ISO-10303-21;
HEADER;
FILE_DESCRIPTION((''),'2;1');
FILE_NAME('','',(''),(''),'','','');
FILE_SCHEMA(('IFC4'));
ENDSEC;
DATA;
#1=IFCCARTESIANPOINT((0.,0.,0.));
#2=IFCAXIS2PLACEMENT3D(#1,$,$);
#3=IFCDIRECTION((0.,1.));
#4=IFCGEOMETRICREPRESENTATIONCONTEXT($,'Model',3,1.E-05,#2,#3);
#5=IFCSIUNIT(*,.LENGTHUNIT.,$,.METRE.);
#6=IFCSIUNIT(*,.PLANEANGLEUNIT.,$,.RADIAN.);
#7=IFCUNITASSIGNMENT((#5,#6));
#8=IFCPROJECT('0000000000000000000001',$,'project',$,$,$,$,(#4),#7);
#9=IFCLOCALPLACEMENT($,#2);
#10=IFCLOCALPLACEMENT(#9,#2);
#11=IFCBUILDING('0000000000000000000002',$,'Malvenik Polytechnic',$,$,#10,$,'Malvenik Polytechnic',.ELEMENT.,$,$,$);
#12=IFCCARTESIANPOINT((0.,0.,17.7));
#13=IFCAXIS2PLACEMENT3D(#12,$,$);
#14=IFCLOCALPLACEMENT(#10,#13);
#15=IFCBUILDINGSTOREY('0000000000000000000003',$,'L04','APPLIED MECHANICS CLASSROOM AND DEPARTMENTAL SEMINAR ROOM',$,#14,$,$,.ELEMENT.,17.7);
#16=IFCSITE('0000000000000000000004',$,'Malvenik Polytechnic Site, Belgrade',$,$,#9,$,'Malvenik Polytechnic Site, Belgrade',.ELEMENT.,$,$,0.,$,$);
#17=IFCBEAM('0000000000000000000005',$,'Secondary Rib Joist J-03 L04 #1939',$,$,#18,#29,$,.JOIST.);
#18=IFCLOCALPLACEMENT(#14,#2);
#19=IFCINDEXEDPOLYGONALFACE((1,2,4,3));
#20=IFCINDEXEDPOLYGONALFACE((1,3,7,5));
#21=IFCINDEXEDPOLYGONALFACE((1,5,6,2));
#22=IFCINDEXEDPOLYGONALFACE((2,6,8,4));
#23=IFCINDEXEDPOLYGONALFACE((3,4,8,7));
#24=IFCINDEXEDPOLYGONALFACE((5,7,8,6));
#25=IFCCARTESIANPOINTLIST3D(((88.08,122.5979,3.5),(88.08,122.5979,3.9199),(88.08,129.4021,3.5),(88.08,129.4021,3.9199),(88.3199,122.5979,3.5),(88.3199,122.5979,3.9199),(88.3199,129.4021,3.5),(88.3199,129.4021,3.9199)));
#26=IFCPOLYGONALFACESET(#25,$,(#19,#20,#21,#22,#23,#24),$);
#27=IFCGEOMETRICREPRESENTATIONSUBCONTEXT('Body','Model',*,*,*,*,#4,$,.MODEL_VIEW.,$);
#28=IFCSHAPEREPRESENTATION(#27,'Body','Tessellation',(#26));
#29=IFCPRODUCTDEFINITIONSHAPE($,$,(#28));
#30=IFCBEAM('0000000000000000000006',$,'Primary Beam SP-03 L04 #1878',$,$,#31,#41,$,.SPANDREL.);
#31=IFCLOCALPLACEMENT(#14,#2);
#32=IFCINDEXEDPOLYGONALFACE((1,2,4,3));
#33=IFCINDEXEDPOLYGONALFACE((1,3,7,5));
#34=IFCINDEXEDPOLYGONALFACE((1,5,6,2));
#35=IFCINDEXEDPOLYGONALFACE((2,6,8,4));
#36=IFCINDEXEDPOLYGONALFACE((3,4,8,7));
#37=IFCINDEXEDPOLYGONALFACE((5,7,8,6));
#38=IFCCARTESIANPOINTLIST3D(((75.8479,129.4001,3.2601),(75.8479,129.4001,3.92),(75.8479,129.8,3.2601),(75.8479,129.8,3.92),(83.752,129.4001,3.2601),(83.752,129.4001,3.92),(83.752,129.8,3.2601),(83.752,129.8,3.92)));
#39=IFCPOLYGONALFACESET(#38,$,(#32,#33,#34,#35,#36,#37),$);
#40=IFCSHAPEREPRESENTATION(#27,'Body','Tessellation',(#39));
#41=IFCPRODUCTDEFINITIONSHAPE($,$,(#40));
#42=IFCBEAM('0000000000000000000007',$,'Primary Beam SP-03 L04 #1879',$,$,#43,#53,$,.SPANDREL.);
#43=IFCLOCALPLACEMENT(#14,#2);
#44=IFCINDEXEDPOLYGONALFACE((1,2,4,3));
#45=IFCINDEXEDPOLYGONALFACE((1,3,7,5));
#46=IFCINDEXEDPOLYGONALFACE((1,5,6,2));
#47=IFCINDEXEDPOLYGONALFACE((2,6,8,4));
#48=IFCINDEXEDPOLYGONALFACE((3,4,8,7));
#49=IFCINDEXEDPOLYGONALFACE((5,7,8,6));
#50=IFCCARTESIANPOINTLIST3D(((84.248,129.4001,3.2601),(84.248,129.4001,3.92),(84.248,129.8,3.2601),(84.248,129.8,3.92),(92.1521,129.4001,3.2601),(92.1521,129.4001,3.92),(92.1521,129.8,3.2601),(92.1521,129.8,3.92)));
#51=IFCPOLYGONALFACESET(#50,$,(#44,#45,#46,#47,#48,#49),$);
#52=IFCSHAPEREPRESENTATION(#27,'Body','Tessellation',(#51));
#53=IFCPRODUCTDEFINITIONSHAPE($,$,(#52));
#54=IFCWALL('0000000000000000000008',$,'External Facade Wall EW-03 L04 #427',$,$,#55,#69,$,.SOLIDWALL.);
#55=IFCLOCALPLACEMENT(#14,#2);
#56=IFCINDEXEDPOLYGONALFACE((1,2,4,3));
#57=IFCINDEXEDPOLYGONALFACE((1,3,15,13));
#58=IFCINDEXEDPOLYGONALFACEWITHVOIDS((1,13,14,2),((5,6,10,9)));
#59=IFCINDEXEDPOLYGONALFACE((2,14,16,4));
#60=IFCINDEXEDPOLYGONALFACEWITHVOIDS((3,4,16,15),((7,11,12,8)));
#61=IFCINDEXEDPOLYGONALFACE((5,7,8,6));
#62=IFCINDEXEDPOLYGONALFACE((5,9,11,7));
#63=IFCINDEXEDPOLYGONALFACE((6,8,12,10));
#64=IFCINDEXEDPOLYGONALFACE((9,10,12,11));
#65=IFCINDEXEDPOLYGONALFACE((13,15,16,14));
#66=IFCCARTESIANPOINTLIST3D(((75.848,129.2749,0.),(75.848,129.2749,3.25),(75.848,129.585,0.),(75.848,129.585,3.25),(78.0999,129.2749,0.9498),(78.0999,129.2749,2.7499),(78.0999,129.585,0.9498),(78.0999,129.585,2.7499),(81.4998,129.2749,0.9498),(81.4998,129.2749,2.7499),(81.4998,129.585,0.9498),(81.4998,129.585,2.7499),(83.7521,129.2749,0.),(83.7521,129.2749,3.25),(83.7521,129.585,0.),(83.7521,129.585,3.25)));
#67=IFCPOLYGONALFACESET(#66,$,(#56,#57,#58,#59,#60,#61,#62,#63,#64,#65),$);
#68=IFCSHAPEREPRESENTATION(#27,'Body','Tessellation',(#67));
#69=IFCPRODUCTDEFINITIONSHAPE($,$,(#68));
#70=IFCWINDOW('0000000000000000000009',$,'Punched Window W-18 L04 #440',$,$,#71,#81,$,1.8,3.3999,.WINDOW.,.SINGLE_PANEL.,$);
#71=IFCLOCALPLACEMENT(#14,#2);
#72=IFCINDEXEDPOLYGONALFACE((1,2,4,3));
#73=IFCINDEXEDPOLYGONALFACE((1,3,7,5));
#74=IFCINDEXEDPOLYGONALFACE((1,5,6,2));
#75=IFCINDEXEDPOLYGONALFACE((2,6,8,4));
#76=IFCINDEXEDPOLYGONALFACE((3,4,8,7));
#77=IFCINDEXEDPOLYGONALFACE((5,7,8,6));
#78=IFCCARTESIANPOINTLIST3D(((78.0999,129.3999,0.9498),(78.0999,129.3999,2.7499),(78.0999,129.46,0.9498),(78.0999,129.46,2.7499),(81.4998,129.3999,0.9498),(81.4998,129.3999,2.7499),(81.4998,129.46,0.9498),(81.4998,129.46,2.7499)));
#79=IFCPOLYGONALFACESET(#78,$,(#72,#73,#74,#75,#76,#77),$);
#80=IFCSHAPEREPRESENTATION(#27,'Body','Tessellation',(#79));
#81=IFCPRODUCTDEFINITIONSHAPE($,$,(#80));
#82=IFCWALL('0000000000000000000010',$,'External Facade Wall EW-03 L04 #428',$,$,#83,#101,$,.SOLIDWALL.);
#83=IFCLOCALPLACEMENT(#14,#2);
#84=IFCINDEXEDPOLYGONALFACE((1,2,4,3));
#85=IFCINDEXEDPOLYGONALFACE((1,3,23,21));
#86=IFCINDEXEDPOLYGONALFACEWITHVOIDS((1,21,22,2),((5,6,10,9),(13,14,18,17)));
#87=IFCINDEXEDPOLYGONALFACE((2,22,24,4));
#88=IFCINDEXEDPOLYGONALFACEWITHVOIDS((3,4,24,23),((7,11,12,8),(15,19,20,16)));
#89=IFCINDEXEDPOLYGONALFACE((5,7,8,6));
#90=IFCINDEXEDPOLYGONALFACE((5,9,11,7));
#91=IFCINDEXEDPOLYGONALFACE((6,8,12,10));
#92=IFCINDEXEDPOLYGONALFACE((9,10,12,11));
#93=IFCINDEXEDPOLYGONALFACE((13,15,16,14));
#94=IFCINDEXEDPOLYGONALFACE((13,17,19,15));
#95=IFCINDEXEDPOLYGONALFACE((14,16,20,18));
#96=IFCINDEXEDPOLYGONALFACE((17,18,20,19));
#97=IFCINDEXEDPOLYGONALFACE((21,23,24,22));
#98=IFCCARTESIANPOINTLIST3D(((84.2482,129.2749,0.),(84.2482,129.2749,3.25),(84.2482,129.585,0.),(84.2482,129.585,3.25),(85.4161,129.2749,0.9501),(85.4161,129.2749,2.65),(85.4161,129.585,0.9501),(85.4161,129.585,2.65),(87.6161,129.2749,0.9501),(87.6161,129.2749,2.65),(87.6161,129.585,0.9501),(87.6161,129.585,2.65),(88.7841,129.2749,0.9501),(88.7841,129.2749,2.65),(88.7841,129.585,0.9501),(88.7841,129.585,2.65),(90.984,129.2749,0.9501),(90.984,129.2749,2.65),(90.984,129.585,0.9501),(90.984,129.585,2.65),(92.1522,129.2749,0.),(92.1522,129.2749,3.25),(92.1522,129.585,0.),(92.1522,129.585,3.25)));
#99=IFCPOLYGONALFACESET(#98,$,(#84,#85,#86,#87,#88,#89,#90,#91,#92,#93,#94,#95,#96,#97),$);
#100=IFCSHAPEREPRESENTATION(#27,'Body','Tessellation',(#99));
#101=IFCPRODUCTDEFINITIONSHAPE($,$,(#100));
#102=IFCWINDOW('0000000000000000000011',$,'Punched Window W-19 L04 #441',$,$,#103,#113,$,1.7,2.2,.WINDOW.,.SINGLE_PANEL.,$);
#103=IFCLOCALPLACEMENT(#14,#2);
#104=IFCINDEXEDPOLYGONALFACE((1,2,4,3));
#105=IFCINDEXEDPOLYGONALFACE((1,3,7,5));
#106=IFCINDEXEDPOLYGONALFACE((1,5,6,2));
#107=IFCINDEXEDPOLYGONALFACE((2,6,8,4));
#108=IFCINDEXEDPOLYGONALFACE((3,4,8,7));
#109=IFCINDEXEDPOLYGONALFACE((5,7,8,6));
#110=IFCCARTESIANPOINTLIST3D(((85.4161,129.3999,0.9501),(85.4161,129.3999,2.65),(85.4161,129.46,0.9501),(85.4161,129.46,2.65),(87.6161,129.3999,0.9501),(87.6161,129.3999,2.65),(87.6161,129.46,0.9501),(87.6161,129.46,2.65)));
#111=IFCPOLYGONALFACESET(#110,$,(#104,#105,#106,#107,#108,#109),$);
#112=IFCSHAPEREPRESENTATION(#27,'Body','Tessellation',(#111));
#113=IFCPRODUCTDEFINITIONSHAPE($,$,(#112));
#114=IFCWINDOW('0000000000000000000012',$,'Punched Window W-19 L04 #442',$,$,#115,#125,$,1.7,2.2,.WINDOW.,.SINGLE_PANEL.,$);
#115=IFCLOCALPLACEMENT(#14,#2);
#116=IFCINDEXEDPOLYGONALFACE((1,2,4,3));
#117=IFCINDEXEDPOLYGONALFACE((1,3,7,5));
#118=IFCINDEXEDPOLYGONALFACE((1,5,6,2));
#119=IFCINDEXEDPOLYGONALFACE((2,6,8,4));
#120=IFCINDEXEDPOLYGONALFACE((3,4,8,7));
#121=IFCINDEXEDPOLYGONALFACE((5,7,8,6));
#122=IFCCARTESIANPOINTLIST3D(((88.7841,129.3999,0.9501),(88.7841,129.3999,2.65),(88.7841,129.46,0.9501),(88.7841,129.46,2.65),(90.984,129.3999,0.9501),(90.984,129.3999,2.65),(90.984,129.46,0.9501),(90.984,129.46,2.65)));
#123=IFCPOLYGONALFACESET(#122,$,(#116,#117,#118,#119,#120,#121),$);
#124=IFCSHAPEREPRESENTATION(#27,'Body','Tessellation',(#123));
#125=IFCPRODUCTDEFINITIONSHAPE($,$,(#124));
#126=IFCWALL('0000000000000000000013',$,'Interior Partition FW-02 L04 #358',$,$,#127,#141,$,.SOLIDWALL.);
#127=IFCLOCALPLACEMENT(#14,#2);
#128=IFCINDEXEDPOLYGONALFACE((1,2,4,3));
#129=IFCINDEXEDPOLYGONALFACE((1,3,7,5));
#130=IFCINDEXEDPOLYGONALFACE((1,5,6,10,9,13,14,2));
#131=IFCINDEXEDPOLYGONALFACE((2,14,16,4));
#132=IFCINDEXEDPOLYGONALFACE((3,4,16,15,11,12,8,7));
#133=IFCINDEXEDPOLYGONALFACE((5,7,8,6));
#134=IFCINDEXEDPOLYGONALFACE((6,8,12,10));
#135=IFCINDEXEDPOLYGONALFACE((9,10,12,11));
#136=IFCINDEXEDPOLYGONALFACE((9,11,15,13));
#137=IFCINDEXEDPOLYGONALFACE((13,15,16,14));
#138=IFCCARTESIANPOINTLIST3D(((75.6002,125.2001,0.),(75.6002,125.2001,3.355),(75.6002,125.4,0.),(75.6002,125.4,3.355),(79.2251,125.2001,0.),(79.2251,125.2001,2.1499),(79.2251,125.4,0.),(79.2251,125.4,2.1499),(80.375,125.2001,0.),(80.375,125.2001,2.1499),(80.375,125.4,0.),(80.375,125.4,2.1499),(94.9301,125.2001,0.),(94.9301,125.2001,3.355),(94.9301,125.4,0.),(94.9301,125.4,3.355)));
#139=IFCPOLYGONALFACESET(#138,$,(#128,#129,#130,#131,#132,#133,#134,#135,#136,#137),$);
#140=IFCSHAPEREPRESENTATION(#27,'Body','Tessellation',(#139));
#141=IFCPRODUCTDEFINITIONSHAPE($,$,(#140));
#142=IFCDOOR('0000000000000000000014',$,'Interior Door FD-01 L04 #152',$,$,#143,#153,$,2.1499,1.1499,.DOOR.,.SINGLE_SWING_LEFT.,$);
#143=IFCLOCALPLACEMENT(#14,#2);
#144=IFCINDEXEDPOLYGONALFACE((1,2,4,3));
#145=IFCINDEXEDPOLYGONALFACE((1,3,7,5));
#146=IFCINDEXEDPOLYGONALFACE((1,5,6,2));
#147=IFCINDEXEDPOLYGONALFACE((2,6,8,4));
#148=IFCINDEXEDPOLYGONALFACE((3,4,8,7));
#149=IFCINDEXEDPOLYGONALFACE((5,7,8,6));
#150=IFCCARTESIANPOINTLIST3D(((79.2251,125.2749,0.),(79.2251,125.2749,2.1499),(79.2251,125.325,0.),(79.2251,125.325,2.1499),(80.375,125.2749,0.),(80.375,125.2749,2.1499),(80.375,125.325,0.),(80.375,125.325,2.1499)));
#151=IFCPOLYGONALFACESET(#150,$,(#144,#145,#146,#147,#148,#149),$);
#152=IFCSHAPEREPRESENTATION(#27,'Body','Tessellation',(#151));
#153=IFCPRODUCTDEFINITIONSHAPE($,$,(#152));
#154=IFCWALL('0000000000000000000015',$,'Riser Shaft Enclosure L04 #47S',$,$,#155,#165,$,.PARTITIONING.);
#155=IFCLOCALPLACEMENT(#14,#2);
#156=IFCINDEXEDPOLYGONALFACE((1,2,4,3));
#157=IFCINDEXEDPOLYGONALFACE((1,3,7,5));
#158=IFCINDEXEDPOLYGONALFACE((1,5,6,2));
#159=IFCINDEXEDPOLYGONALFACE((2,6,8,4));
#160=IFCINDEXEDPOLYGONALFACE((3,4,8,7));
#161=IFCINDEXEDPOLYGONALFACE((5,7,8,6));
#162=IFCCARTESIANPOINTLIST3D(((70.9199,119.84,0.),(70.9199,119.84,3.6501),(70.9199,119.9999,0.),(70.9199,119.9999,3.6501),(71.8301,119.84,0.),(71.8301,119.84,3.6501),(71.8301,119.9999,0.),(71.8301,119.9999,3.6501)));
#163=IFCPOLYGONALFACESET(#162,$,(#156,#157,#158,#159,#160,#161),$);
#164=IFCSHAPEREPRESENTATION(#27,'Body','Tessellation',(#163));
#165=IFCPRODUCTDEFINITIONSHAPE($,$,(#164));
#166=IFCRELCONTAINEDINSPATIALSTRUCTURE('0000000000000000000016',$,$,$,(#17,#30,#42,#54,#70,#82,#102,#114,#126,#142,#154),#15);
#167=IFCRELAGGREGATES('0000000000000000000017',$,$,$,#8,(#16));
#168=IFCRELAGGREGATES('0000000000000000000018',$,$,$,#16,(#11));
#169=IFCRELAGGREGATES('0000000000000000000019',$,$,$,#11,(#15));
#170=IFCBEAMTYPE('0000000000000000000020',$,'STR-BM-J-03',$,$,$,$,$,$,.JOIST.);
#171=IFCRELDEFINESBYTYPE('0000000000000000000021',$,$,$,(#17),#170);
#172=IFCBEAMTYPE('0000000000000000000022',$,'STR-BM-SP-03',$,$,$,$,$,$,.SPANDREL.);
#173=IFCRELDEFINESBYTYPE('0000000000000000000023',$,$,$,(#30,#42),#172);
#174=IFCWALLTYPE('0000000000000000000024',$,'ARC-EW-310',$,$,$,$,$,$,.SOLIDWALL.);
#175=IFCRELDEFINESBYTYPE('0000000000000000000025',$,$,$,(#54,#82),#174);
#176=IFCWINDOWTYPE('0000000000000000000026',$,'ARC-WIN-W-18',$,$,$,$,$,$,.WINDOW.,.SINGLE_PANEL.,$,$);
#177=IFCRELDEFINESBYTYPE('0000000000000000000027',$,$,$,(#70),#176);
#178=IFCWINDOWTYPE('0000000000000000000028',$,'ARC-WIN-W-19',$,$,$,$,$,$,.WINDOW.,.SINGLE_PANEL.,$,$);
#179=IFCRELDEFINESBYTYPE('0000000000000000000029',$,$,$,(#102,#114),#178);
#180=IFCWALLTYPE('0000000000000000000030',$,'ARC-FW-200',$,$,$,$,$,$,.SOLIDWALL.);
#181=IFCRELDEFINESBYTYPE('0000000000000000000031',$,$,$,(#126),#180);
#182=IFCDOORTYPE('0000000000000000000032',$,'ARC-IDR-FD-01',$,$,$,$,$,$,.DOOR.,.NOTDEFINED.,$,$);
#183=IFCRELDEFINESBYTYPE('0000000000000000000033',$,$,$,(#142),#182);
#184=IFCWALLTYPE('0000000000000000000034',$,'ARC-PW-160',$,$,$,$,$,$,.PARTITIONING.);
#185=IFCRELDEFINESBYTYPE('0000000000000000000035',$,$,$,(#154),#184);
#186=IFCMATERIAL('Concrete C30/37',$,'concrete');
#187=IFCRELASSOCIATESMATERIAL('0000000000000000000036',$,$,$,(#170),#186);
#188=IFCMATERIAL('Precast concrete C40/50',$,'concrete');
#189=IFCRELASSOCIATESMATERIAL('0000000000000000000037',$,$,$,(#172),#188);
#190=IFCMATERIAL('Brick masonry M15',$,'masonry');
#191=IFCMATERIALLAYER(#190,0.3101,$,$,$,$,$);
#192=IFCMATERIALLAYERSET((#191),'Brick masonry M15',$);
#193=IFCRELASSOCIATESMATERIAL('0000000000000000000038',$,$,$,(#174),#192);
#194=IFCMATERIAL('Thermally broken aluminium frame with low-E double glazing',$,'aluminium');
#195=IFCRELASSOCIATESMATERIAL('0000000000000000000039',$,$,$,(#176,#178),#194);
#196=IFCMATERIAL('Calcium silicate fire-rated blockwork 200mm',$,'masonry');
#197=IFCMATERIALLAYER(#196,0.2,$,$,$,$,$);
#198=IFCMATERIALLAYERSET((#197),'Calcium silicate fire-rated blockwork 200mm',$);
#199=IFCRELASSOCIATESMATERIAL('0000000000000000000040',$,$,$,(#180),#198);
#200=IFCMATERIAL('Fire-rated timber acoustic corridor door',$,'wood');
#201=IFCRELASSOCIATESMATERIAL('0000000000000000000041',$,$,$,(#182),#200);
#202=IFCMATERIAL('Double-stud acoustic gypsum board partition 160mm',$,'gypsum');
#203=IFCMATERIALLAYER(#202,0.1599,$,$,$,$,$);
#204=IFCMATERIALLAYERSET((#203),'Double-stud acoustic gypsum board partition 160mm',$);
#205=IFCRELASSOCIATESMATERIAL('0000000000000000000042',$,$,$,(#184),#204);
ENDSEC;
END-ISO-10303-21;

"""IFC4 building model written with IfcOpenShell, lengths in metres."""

from ifc_helpers import new_model, si_unit, direction, frame, frame_2d, origin, origin_2d, place, context, subcontext, project, spatial, rectangle, extrude, material, layer, layer_set, material_profile, profile_set, type_object, element, fill, save


model = new_model("IFC4")

# Units and contexts
model_context = context("Model", 3, precision=1e-05, world=origin(), true_north=direction((0.0, 1.0)))
body_context = subcontext(model_context, "Body", "Model", "MODEL_VIEW")
ifc_project = project(units=[si_unit("LENGTHUNIT", "METRE"), si_unit("PLANEANGLEUNIT", "RADIAN")], contexts=[model_context])

# Site, building, storey
site_placement = place(None, origin())
site = spatial("IfcSite", under=ifc_project, at=site_placement, Name="Malvenik Polytechnic Site, Belgrade", LongName="Malvenik Polytechnic Site, Belgrade", CompositionType="ELEMENT", RefElevation=0.0)
building_placement = place(site_placement, origin())
building = spatial("IfcBuilding", under=site, at=building_placement, Name="Malvenik Polytechnic", LongName="Malvenik Polytechnic", CompositionType="ELEMENT")
storey_placement = place(building_placement, frame((0.0, 0.0, 17.7)))
storey = spatial("IfcBuildingStorey", under=building, at=storey_placement, Name="L04", Description="APPLIED MECHANICS CLASSROOM AND DEPARTMENTAL SEMINAR ROOM", CompositionType="ELEMENT", Elevation=17.7)

# Beams
ifc_material_1 = material(Name="Concrete C30/37", Category="concrete")
ifc_material_profile_1 = material_profile(ifc_material_1, rectangle(XDim=0.24, YDim=0.4199, at=origin_2d()), Name="RC JST 240x420")
ifc_profile_set_1 = profile_set([ifc_material_profile_1], Name="Concrete C30/37")
beam_type_1 = type_object("IfcBeamType", Name="STR-BM-J-03", PredefinedType="JOIST", material=ifc_profile_set_1)
for number, where, z_axis, x_axis, name in (
    (1, (88.2, 122.5979, 3.71), (0.0, 1.0, 0.0), (-1.0, 0.0, 0.0), "Secondary Rib Joist J-03 L04 #1939"),
):
    element("IfcBeam", number, at=place(storey_placement, frame(where, z_axis=z_axis, x_axis=x_axis)), inside=storey, type_object=beam_type_1, Name=name, PredefinedType="JOIST", context=body_context, shape_type="SweptSolid", body=[
        extrude(rectangle(XDim=0.24, YDim=0.4199, at=origin_2d()), origin(), (0.0, 0.0, 1.0), 6.8042),
    ])
ifc_material_2 = material(Name="Precast concrete C40/50", Category="concrete")
ifc_material_profile_2 = material_profile(ifc_material_2, rectangle(XDim=0.3999, YDim=0.6599, at=origin_2d()), Name="PC SPN 400x660")
ifc_profile_set_2 = profile_set([ifc_material_profile_2], Name="Precast concrete C40/50")
beam_type_2 = type_object("IfcBeamType", Name="STR-BM-SP-03", PredefinedType="SPANDREL", material=ifc_profile_set_2)
for number, where, z_axis, x_axis, name in (
    (2, (75.8479, 129.6001, 3.5901), (1.0, 0.0, 0.0), (0.0, 1.0, 0.0), "Primary Beam SP-03 L04 #1878"),
    (3, (84.248, 129.6001, 3.5901), (1.0, 0.0, 0.0), (0.0, 1.0, 0.0), "Primary Beam SP-03 L04 #1879"),
):
    element("IfcBeam", number, at=place(storey_placement, frame(where, z_axis=z_axis, x_axis=x_axis)), inside=storey, type_object=beam_type_2, Name=name, PredefinedType="SPANDREL", context=body_context, shape_type="SweptSolid", body=[
        extrude(rectangle(XDim=0.3999, YDim=0.6599, at=origin_2d()), origin(), (0.0, 0.0, 1.0), 7.9041),
    ])

# Wall, opening, window
ifc_material_3 = material(Name="Brick masonry M15", Category="masonry")
ifc_layer_1 = layer(ifc_material_3, 0.3101)
ifc_layer_set_1 = layer_set([ifc_layer_1], Name="Brick masonry M15")
wall_type_1 = type_object("IfcWallType", Name="ARC-EW-310", PredefinedType="SOLIDWALL", material=ifc_layer_set_1)
wall_1_placement = place(storey_placement, frame((75.8479, 129.4299, 0.0), z_axis=(0.0, 0.0, 1.0), x_axis=(1.0, 0.0, 0.0)))
wall_1 = element("IfcWall", 4, at=wall_1_placement, inside=storey, type_object=wall_type_1, Name="External Facade Wall EW-03 L04 #427", PredefinedType="SOLIDWALL", context=body_context, shape_type="SweptSolid", body=[
    extrude(rectangle(XDim=7.9041, YDim=0.3101, at=frame_2d((3.9521, 0.0))), origin(), (0.0, 0.0, 1.0), 3.25),
])
opening_1_placement = place(wall_1_placement, frame((2.252, 0.0, 0.95)))
opening_1 = element("IfcOpeningElement", 5, at=opening_1_placement, cuts=wall_1, PredefinedType="OPENING", context=body_context, shape_type="SweptSolid", body=[
    extrude(rectangle(XDim=3.3999, YDim=1.8, at=frame_2d((1.7, 0.8999))), frame((0.0, 0.165, 0.0), z_axis=(0.0, -1.0, 0.0), x_axis=(1.0, 0.0, 0.0)), (0.0, 0.0, 1.0), 0.3301),
])
ifc_material_4 = material(Name="Thermally broken aluminium frame with low-E double glazing", Category="aluminium")
window_type_1 = type_object("IfcWindowType", Name="ARC-WIN-W-18", PartitioningType="SINGLE_PANEL", PredefinedType="WINDOW", material=ifc_material_4)
window_1_placement = place(opening_1_placement, origin())
window_1 = element("IfcWindow", 6, at=window_1_placement, inside=storey, type_object=window_type_1, Name="Punched Window W-18 L04 #440", OverallHeight=1.8, OverallWidth=3.3999, PartitioningType="SINGLE_PANEL", PredefinedType="WINDOW", context=body_context, shape_type="SweptSolid", body=[
    extrude(rectangle(XDim=3.3999, YDim=1.8, at=frame_2d((1.7, 0.8999))), frame((0.0, 0.03, 0.0), z_axis=(0.0, -1.0, 0.0), x_axis=(1.0, 0.0, 0.0)), (0.0, 0.0, 1.0), 0.0601),
])
fill(opening_1, window_1)

# Wall, openings, windows
wall_2_placement = place(storey_placement, frame((84.248, 129.4299, 0.0), z_axis=(0.0, 0.0, 1.0), x_axis=(1.0, 0.0, 0.0)))
wall_2 = element("IfcWall", 7, at=wall_2_placement, inside=storey, type_object=wall_type_1, Name="External Facade Wall EW-03 L04 #428", PredefinedType="SOLIDWALL", context=body_context, shape_type="SweptSolid", body=[
    extrude(rectangle(XDim=7.9041, YDim=0.3101, at=frame_2d((3.9521, 0.0))), origin(), (0.0, 0.0, 1.0), 3.25),
])
opening_2_placement = place(wall_2_placement, frame((1.168, 0.0, 0.95)))
opening_2 = element("IfcOpeningElement", 8, at=opening_2_placement, cuts=wall_2, PredefinedType="OPENING", context=body_context, shape_type="SweptSolid", body=[
    extrude(rectangle(XDim=2.2, YDim=1.7, at=frame_2d((1.1001, 0.8501))), frame((0.0, 0.165, 0.0), z_axis=(0.0, -1.0, 0.0), x_axis=(1.0, 0.0, 0.0)), (0.0, 0.0, 1.0), 0.3301),
])
opening_3_placement = place(wall_2_placement, frame((4.5359, 0.0, 0.95)))
opening_3 = element("IfcOpeningElement", 9, at=opening_3_placement, cuts=wall_2, PredefinedType="OPENING", context=body_context, shape_type="SweptSolid", body=[
    extrude(rectangle(XDim=2.2, YDim=1.7, at=frame_2d((1.1001, 0.8501))), frame((0.0, 0.165, 0.0), z_axis=(0.0, -1.0, 0.0), x_axis=(1.0, 0.0, 0.0)), (0.0, 0.0, 1.0), 0.3301),
])
window_type_2 = type_object("IfcWindowType", Name="ARC-WIN-W-19", PartitioningType="SINGLE_PANEL", PredefinedType="WINDOW", material=ifc_material_4)
window_2_placement = place(opening_2_placement, origin())
window_2 = element("IfcWindow", 10, at=window_2_placement, inside=storey, type_object=window_type_2, Name="Punched Window W-19 L04 #441", OverallHeight=1.7, OverallWidth=2.2, PartitioningType="SINGLE_PANEL", PredefinedType="WINDOW", context=body_context, shape_type="SweptSolid", body=[
    extrude(rectangle(XDim=2.2, YDim=1.7, at=frame_2d((1.1001, 0.8501))), frame((0.0, 0.03, 0.0), z_axis=(0.0, -1.0, 0.0), x_axis=(1.0, 0.0, 0.0)), (0.0, 0.0, 1.0), 0.0601),
])
fill(opening_2, window_2)
window_3_placement = place(opening_3_placement, origin())
window_3 = element("IfcWindow", 11, at=window_3_placement, inside=storey, type_object=window_type_2, Name="Punched Window W-19 L04 #442", OverallHeight=1.7, OverallWidth=2.2, PartitioningType="SINGLE_PANEL", PredefinedType="WINDOW", context=body_context, shape_type="SweptSolid", body=[
    extrude(rectangle(XDim=2.2, YDim=1.7, at=frame_2d((1.1001, 0.8501))), frame((0.0, 0.03, 0.0), z_axis=(0.0, -1.0, 0.0), x_axis=(1.0, 0.0, 0.0)), (0.0, 0.0, 1.0), 0.0601),
])
fill(opening_3, window_3)

# Wall, opening, door
ifc_material_5 = material(Name="Calcium silicate fire-rated blockwork 200mm", Category="masonry")
ifc_layer_2 = layer(ifc_material_5, 0.2)
ifc_layer_set_2 = layer_set([ifc_layer_2], Name="Calcium silicate fire-rated blockwork 200mm")
wall_type_2 = type_object("IfcWallType", Name="ARC-FW-200", PredefinedType="SOLIDWALL", material=ifc_layer_set_2)
wall_3_placement = place(storey_placement, frame((75.6001, 125.3, 0.0), z_axis=(0.0, 0.0, 1.0), x_axis=(1.0, 0.0, 0.0)))
wall_3 = element("IfcWall", 12, at=wall_3_placement, inside=storey, type_object=wall_type_2, Name="Interior Partition FW-02 L04 #358", PredefinedType="SOLIDWALL", context=body_context, shape_type="SweptSolid", body=[
    extrude(rectangle(XDim=19.3298, YDim=0.2, at=frame_2d((9.665, 0.0))), origin(), (0.0, 0.0, 1.0), 3.355),
])
opening_4_placement = place(wall_3_placement, frame((3.625, 0.0, 0.0)))
opening_4 = element("IfcOpeningElement", 13, at=opening_4_placement, cuts=wall_3, PredefinedType="OPENING", context=body_context, shape_type="SweptSolid", body=[
    extrude(rectangle(XDim=1.1499, YDim=2.1499, at=frame_2d((0.575, 1.075))), frame((0.0, 0.1099, 0.0), z_axis=(0.0, -1.0, 0.0), x_axis=(1.0, 0.0, 0.0)), (0.0, 0.0, 1.0), 0.22),
])
ifc_material_6 = material(Name="Fire-rated timber acoustic corridor door", Category="wood")
door_type = type_object("IfcDoorType", Name="ARC-IDR-FD-01", OperationType="NOTDEFINED", PredefinedType="DOOR", material=ifc_material_6)
door_placement = place(opening_4_placement, origin())
door = element("IfcDoor", 14, at=door_placement, inside=storey, type_object=door_type, Name="Interior Door FD-01 L04 #152", OperationType="SINGLE_SWING_LEFT", OverallHeight=2.1499, OverallWidth=1.1499, PredefinedType="DOOR", context=body_context, shape_type="SweptSolid", body=[
    extrude(rectangle(XDim=1.1499, YDim=2.1499, at=frame_2d((0.575, 1.075))), frame((0.0, 0.0249, 0.0), z_axis=(0.0, -1.0, 0.0), x_axis=(1.0, 0.0, 0.0)), (0.0, 0.0, 1.0), 0.05),
])
fill(opening_4, door)

# Wall
ifc_material_7 = material(Name="Double-stud acoustic gypsum board partition 160mm", Category="gypsum")
ifc_layer_3 = layer(ifc_material_7, 0.1599)
ifc_layer_set_3 = layer_set([ifc_layer_3], Name="Double-stud acoustic gypsum board partition 160mm")
wall_type_3 = type_object("IfcWallType", Name="ARC-PW-160", PredefinedType="PARTITIONING", material=ifc_layer_set_3)
for number, where, z_axis, x_axis, name in (
    (15, (70.9199, 119.9199, 0.0), (0.0, 0.0, 1.0), (1.0, 0.0, 0.0), "Riser Shaft Enclosure L04 #47S"),
):
    element("IfcWall", number, at=place(storey_placement, frame(where, z_axis=z_axis, x_axis=x_axis)), inside=storey, type_object=wall_type_3, Name=name, PredefinedType="PARTITIONING", context=body_context, shape_type="SweptSolid", body=[
        extrude(rectangle(XDim=0.9102, YDim=0.1599, at=frame_2d((0.4551, 0.0))), origin(), (0.0, 0.0, 1.0), 3.6501),
    ])

save(model, "model.ifc")
